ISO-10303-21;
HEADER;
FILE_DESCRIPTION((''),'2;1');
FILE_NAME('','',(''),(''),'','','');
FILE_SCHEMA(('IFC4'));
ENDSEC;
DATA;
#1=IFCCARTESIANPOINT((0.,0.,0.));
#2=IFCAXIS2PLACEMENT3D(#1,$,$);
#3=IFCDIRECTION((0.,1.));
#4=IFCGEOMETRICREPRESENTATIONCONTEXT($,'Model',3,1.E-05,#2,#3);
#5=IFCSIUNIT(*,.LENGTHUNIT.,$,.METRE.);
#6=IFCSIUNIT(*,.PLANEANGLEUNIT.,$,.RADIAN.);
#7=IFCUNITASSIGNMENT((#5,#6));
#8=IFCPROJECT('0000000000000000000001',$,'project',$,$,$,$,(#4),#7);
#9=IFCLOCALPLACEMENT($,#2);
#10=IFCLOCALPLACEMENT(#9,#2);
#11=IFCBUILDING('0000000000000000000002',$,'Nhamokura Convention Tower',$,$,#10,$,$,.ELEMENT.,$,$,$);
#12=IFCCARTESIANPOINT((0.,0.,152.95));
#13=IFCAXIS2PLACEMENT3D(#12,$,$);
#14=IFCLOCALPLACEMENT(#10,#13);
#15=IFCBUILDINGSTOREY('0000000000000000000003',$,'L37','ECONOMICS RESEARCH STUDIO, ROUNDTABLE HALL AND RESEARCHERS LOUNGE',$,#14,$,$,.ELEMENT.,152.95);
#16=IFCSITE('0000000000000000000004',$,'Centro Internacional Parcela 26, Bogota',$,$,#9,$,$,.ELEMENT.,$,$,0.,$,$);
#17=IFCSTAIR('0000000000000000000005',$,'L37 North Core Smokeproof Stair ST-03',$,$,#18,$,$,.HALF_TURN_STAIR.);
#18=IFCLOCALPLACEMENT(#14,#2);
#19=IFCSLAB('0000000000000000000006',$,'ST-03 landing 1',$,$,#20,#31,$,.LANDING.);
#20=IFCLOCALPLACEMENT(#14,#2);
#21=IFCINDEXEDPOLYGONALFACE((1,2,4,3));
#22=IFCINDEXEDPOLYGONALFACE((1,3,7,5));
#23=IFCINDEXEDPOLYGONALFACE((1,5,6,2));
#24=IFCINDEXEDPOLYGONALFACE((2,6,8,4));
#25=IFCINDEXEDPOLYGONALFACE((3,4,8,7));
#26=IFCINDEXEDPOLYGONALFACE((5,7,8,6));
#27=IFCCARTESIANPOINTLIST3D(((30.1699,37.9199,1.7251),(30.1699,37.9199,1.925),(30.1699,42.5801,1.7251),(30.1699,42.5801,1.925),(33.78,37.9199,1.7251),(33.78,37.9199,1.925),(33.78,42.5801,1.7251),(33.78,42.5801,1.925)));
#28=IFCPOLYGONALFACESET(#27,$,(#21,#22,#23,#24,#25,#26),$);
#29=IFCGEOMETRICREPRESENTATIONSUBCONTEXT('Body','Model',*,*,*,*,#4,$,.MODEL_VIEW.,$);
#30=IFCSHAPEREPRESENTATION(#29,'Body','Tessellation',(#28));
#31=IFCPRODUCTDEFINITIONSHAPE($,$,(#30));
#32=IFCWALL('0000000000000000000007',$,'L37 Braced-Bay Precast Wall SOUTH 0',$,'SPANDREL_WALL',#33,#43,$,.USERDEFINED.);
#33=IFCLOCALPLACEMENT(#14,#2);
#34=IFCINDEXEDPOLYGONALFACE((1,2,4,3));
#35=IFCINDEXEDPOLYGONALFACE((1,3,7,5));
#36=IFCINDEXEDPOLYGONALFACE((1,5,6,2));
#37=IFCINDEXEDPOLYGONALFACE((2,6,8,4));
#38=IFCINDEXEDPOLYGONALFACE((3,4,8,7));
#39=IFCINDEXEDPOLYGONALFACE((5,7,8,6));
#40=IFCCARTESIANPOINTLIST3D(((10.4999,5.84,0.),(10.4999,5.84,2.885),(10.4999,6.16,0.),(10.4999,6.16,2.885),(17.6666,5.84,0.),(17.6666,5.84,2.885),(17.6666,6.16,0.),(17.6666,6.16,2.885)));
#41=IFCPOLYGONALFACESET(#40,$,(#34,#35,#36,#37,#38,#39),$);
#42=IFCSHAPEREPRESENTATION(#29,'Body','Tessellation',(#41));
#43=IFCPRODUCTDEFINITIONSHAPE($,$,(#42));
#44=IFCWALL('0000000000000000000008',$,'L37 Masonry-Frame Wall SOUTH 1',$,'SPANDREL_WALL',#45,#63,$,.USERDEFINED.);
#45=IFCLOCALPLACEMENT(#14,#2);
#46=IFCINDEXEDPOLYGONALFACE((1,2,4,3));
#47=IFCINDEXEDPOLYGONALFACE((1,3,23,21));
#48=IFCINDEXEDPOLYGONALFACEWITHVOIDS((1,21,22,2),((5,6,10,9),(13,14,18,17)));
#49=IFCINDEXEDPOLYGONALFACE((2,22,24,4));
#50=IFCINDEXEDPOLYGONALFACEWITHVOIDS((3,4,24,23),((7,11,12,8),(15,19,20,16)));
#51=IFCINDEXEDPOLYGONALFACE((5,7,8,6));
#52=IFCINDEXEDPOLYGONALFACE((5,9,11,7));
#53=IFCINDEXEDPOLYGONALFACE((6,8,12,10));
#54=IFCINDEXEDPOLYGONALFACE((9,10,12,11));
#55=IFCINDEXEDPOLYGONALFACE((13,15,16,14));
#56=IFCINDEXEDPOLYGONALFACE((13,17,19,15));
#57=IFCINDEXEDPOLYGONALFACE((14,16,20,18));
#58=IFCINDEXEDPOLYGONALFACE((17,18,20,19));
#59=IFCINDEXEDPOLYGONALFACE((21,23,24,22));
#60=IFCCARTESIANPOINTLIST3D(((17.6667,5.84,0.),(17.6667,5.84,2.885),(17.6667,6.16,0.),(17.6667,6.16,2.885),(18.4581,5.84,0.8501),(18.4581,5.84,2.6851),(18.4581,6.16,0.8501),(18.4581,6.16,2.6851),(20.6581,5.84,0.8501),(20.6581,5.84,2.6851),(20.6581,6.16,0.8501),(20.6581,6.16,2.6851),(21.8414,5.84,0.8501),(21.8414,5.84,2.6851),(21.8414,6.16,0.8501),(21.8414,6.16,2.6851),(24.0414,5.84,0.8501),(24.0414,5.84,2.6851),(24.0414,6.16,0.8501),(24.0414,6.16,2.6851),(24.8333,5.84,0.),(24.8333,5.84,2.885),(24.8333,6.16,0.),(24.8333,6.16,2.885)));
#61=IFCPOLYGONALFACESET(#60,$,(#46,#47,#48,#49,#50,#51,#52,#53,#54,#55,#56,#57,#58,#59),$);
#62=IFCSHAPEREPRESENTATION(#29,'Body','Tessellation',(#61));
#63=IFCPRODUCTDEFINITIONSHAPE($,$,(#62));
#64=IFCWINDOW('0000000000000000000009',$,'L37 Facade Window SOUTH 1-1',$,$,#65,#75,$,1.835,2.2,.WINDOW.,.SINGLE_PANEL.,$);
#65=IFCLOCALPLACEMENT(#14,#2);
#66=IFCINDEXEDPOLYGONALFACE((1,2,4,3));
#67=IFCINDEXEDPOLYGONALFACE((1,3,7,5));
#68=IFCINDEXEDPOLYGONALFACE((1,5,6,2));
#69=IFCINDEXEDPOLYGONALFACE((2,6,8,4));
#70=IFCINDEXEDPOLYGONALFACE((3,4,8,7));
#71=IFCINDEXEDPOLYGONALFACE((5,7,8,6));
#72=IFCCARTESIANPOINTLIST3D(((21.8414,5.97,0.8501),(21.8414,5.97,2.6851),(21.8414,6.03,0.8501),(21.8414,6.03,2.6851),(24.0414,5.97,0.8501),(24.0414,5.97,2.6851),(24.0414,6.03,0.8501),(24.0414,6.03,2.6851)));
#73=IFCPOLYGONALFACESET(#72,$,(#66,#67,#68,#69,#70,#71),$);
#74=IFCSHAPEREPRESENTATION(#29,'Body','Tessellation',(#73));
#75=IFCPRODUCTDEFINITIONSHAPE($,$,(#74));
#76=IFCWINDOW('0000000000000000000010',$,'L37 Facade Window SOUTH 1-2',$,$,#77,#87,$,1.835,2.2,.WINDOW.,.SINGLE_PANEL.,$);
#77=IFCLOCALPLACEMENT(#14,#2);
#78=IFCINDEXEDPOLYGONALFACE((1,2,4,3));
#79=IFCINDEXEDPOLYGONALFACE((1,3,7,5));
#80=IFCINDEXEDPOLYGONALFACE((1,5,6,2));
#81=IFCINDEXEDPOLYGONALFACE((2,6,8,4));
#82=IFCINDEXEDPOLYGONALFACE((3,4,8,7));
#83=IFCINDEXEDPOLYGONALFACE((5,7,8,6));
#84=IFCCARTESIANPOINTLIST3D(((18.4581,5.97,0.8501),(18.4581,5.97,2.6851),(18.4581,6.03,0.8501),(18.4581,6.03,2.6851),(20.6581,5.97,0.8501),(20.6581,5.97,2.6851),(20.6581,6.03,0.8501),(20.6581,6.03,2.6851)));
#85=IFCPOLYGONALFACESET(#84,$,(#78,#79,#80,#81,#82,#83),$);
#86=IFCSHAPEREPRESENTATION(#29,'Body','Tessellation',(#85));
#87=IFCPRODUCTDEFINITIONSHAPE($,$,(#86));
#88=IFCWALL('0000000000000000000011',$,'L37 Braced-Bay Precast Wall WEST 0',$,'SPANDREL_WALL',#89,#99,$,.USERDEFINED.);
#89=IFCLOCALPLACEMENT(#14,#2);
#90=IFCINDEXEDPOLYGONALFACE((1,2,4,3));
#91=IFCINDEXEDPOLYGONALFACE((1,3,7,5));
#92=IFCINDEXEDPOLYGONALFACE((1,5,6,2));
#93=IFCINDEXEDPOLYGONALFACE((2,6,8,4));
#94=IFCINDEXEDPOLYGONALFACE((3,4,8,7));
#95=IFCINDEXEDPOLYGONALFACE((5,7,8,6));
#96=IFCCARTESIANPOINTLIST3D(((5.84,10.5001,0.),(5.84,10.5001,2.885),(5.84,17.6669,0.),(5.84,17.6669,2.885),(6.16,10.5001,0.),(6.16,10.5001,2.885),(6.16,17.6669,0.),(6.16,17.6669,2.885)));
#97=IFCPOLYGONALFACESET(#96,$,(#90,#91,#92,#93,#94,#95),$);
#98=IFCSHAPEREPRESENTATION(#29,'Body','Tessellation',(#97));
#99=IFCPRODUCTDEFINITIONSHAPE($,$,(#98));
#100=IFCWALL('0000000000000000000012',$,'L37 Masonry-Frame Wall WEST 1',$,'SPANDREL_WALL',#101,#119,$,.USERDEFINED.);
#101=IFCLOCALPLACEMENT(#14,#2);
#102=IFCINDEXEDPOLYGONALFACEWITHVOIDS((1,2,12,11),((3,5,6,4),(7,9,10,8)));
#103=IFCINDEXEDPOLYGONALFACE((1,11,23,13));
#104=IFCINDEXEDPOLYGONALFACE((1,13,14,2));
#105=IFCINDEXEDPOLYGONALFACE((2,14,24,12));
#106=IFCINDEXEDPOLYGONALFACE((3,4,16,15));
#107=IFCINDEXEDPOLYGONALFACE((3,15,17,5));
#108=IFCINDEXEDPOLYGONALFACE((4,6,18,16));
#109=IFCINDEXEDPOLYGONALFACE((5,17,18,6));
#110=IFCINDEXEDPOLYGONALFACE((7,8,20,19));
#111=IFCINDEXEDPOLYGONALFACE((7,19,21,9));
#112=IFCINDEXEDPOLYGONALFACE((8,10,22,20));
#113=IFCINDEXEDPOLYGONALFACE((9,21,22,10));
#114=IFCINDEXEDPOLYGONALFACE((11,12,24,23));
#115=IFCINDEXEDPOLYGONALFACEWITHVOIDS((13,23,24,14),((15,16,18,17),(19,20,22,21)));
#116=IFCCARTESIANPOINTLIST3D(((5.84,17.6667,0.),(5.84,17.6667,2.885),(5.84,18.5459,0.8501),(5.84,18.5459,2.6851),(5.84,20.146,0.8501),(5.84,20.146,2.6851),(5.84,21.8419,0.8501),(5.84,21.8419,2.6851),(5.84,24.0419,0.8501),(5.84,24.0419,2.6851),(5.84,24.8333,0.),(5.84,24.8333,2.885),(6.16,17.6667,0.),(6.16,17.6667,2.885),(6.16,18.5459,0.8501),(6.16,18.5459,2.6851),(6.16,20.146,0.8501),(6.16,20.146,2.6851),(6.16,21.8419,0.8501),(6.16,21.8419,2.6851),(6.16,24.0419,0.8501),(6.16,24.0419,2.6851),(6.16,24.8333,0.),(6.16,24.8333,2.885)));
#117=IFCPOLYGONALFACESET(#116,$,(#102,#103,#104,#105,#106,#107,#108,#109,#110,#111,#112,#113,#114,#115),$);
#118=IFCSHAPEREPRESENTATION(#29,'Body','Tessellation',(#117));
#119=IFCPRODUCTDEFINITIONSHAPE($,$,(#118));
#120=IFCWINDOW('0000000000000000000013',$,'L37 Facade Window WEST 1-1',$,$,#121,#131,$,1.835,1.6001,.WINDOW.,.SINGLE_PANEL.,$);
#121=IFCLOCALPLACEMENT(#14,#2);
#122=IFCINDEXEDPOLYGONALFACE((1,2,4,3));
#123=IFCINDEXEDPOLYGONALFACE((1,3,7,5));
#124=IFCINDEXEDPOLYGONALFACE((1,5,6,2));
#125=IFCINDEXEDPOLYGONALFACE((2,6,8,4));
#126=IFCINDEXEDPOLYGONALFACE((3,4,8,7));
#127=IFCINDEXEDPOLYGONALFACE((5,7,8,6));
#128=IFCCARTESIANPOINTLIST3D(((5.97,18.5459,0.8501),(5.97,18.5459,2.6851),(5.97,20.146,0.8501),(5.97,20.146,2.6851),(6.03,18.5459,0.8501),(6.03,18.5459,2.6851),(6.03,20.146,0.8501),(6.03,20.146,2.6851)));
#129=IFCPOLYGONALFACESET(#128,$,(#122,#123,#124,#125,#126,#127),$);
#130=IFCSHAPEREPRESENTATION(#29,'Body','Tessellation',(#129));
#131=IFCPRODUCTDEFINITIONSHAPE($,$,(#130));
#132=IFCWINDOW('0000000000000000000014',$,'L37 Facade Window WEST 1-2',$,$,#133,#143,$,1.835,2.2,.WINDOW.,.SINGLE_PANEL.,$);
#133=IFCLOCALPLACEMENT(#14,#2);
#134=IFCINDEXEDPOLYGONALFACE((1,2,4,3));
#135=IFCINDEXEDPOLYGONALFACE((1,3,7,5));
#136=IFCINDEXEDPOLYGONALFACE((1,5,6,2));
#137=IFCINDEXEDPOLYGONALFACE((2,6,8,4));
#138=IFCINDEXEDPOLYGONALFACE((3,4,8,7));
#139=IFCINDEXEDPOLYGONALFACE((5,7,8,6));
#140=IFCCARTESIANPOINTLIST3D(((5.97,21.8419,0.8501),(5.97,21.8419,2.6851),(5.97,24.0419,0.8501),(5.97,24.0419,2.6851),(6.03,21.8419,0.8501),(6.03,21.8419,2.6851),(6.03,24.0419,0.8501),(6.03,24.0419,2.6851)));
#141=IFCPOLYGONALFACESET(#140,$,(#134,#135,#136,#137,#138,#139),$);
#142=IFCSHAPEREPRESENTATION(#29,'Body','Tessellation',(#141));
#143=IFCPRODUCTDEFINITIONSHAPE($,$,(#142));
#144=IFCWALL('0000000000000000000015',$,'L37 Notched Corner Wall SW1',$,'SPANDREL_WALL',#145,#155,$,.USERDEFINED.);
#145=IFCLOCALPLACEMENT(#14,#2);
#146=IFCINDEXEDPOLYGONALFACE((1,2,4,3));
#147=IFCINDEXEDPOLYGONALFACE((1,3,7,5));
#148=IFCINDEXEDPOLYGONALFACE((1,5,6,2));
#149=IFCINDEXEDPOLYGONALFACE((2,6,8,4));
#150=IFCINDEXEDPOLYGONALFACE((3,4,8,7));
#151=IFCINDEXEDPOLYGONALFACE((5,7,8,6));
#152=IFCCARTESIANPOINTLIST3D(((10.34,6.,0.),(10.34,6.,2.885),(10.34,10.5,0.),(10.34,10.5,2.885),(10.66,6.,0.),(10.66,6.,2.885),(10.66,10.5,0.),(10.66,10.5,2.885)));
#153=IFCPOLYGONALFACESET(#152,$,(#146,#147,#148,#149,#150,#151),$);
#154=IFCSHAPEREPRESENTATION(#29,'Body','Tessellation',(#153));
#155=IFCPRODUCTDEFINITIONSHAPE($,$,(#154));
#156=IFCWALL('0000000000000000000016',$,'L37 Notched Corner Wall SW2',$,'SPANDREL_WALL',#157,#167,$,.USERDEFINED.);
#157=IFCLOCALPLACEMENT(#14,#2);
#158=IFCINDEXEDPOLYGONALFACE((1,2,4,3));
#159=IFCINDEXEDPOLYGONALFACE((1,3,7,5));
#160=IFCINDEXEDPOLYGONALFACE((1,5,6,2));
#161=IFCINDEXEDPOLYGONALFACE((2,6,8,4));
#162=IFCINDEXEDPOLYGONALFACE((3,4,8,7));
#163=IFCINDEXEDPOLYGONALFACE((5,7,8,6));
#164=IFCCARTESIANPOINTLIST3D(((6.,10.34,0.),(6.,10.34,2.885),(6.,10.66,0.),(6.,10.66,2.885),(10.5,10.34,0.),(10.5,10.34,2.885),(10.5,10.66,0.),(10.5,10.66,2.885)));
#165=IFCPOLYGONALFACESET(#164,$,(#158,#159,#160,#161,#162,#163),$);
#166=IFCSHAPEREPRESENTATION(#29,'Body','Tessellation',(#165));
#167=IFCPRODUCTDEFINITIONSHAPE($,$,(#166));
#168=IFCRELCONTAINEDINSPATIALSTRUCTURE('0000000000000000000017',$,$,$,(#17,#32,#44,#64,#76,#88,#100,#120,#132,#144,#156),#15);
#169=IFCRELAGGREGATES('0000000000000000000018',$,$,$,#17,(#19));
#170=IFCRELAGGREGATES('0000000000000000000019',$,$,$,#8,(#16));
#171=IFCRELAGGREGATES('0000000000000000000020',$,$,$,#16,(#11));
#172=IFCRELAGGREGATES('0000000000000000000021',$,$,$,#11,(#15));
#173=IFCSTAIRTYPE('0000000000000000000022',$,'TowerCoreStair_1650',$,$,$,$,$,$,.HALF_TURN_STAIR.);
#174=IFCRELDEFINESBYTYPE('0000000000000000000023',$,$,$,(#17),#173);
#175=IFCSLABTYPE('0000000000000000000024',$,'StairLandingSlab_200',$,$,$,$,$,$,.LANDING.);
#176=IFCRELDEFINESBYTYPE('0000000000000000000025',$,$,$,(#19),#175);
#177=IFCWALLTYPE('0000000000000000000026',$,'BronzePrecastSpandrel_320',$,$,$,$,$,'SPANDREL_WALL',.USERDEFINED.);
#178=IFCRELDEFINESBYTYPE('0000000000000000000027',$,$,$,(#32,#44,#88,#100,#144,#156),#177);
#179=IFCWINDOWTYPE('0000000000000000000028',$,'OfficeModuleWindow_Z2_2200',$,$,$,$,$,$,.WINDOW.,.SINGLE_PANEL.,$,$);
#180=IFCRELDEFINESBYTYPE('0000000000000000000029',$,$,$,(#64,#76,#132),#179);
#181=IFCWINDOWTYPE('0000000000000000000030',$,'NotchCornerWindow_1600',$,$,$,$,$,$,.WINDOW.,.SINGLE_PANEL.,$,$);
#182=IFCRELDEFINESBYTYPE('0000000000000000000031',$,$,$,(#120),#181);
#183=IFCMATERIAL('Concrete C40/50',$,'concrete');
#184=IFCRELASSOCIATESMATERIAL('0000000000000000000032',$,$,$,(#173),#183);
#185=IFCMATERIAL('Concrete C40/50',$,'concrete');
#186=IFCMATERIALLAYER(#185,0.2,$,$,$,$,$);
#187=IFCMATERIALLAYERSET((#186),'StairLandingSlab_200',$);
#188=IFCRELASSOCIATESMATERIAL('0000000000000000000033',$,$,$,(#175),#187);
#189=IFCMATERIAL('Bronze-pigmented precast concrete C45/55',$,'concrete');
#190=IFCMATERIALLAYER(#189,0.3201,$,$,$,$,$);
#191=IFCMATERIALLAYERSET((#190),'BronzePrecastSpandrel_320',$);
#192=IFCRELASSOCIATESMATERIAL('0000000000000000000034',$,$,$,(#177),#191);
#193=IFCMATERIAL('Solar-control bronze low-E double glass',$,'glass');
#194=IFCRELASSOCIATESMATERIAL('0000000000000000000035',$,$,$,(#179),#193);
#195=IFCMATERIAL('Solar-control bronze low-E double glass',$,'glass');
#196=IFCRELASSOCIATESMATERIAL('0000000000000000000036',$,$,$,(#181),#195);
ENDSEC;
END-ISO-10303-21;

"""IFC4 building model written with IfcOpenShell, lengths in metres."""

from ifc_helpers import new_model, si_unit, direction, frame, frame_2d, origin, place, context, subcontext, project, spatial, polyline, rectangle, outline, extrude, material, layer, layer_set, type_object, element, fill, aggregate, save


model = new_model("IFC4")

# Units and contexts
model_context = context("Model", 3, precision=1e-05, world=origin(), true_north=direction((0.0, 1.0)))
body_context = subcontext(model_context, "Body", "Model", "MODEL_VIEW")
ifc_project = project(units=[si_unit("LENGTHUNIT", "METRE"), si_unit("PLANEANGLEUNIT", "RADIAN")], contexts=[model_context])

# Site, building, storey
site_placement = place(None, origin())
site = spatial("IfcSite", under=ifc_project, at=site_placement, Name="Centro Internacional Parcela 26, Bogota", CompositionType="ELEMENT", RefElevation=0.0)
building_placement = place(site_placement, origin())
building = spatial("IfcBuilding", under=site, at=building_placement, Name="Nhamokura Convention Tower", CompositionType="ELEMENT")
storey_placement = place(building_placement, frame((0.0, 0.0, 152.95)))
storey = spatial("IfcBuildingStorey", under=building, at=storey_placement, Name="L37", Description="ECONOMICS RESEARCH STUDIO, ROUNDTABLE HALL AND RESEARCHERS LOUNGE", CompositionType="ELEMENT", Elevation=152.95)

# Stair, slab
ifc_material_1 = material(Name="Concrete C40/50", Category="concrete")
stair_type = type_object("IfcStairType", Name="TowerCoreStair_1650", PredefinedType="HALF_TURN_STAIR", material=ifc_material_1)
ifc_material_2 = material(Name="Concrete C40/50", Category="concrete")
ifc_layer_1 = layer(ifc_material_2, 0.2)
ifc_layer_set_1 = layer_set([ifc_layer_1], Name="StairLandingSlab_200")
slab_type_1 = type_object("IfcSlabType", Name="StairLandingSlab_200", PredefinedType="LANDING", material=ifc_layer_set_1)
stair_1_placement = place(storey_placement, origin())
stair_1 = element("IfcStair", 1, at=stair_1_placement, inside=storey, type_object=stair_type, Name="L37 North Core Smokeproof Stair ST-03", PredefinedType="HALF_TURN_STAIR")
slab_1_placement = place(storey_placement, frame((0.0, 0.0, 1.7251)))
slab_1 = element("IfcSlab", 2, at=slab_1_placement, type_object=slab_type_1, Name="ST-03 landing 1", PredefinedType="LANDING", context=body_context, shape_type="SweptSolid", body=[
    extrude(outline(polyline([(33.78, 37.9199), (33.78, 42.5801), (30.1699, 42.5801), (30.1699, 37.9199), (33.78, 37.9199)])), origin(), (0.0, 0.0, 1.0), 0.2),
])
aggregate(stair_1, [slab_1])

# Wall
ifc_material_3 = material(Name="Bronze-pigmented precast concrete C45/55", Category="concrete")
ifc_layer_2 = layer(ifc_material_3, 0.3201)
ifc_layer_set_2 = layer_set([ifc_layer_2], Name="BronzePrecastSpandrel_320")
wall_type = type_object("IfcWallType", Name="BronzePrecastSpandrel_320", ElementType="SPANDREL_WALL", PredefinedType="USERDEFINED", material=ifc_layer_set_2)
wall_1_placement = place(storey_placement, frame((17.6667, 6.0, 0.0), z_axis=(0.0, 0.0, 1.0), x_axis=(-1.0, 0.0, 0.0)))
element("IfcWall", 3, at=wall_1_placement, inside=storey, type_object=wall_type, Name="L37 Braced-Bay Precast Wall SOUTH 0", ObjectType="SPANDREL_WALL", PredefinedType="USERDEFINED", context=body_context, shape_type="SweptSolid", body=[
    extrude(rectangle(XDim=7.1667, YDim=0.3201, at=frame_2d((3.5835, 0.0))), origin(), (0.0, 0.0, 1.0), 2.885),
])

# Wall, openings, windows
wall_2_placement = place(storey_placement, frame((24.8333, 6.0, 0.0), z_axis=(0.0, 0.0, 1.0), x_axis=(-1.0, 0.0, 0.0)))
wall_2 = element("IfcWall", 4, at=wall_2_placement, inside=storey, type_object=wall_type, Name="L37 Masonry-Frame Wall SOUTH 1", ObjectType="SPANDREL_WALL", PredefinedType="USERDEFINED", context=body_context, shape_type="SweptSolid", body=[
    extrude(rectangle(XDim=7.1665, YDim=0.3201, at=frame_2d((3.5833, 0.0))), origin(), (0.0, 0.0, 1.0), 2.885),
])
opening_1_placement = place(wall_2_placement, frame((0.7917, 0.0, 0.8501)))
opening_1 = element("IfcOpeningElement", 5, at=opening_1_placement, cuts=wall_2, PredefinedType="OPENING", context=body_context, shape_type="SweptSolid", body=[
    extrude(rectangle(XDim=2.2, YDim=1.835, at=frame_2d((1.1001, 0.9175))), frame((0.0, 0.1699, 0.0), z_axis=(0.0, -1.0, 0.0), x_axis=(1.0, 0.0, 0.0)), (0.0, 0.0, 1.0), 0.3401),
])
opening_2_placement = place(wall_2_placement, frame((4.175, 0.0, 0.8501)))
opening_2 = element("IfcOpeningElement", 6, at=opening_2_placement, cuts=wall_2, PredefinedType="OPENING", context=body_context, shape_type="SweptSolid", body=[
    extrude(rectangle(XDim=2.2, YDim=1.835, at=frame_2d((1.1001, 0.9175))), frame((0.0, 0.1699, 0.0), z_axis=(0.0, -1.0, 0.0), x_axis=(1.0, 0.0, 0.0)), (0.0, 0.0, 1.0), 0.3401),
])
ifc_material_4 = material(Name="Solar-control bronze low-E double glass", Category="glass")
window_type_1 = type_object("IfcWindowType", Name="OfficeModuleWindow_Z2_2200", PartitioningType="SINGLE_PANEL", PredefinedType="WINDOW", material=ifc_material_4)
window_1_placement = place(opening_1_placement, origin())
window_1 = element("IfcWindow", 7, at=window_1_placement, inside=storey, type_object=window_type_1, Name="L37 Facade Window SOUTH 1-1", OverallHeight=1.835, OverallWidth=2.2, PartitioningType="SINGLE_PANEL", PredefinedType="WINDOW", context=body_context, shape_type="SweptSolid", body=[
    extrude(rectangle(XDim=2.2, YDim=1.835, at=frame_2d((1.1001, 0.9175))), frame((0.0, 0.03, 0.0), z_axis=(0.0, -1.0, 0.0), x_axis=(1.0, 0.0, 0.0)), (0.0, 0.0, 1.0), 0.0601),
])
fill(opening_1, window_1)
window_2_placement = place(opening_2_placement, origin())
window_2 = element("IfcWindow", 8, at=window_2_placement, inside=storey, type_object=window_type_1, Name="L37 Facade Window SOUTH 1-2", OverallHeight=1.835, OverallWidth=2.2, PartitioningType="SINGLE_PANEL", PredefinedType="WINDOW", context=body_context, shape_type="SweptSolid", body=[
    extrude(rectangle(XDim=2.2, YDim=1.835, at=frame_2d((1.1001, 0.9175))), frame((0.0, 0.03, 0.0), z_axis=(0.0, -1.0, 0.0), x_axis=(1.0, 0.0, 0.0)), (0.0, 0.0, 1.0), 0.0601),
])
fill(opening_2, window_2)

# Wall
wall_3_placement = place(storey_placement, frame((6.0, 10.5, 0.0), z_axis=(0.0, 0.0, 1.0), x_axis=(0.0, 1.0, 0.0)))
element("IfcWall", 9, at=wall_3_placement, inside=storey, type_object=wall_type, Name="L37 Braced-Bay Precast Wall WEST 0", ObjectType="SPANDREL_WALL", PredefinedType="USERDEFINED", context=body_context, shape_type="SweptSolid", body=[
    extrude(rectangle(XDim=7.1667, YDim=0.3201, at=frame_2d((3.5835, 0.0))), origin(), (0.0, 0.0, 1.0), 2.885),
])

# Wall, openings, windows
wall_4_placement = place(storey_placement, frame((6.0, 17.6667, 0.0), z_axis=(0.0, 0.0, 1.0), x_axis=(0.0, 1.0, 0.0)))
wall_4 = element("IfcWall", 10, at=wall_4_placement, inside=storey, type_object=wall_type, Name="L37 Masonry-Frame Wall WEST 1", ObjectType="SPANDREL_WALL", PredefinedType="USERDEFINED", context=body_context, shape_type="SweptSolid", body=[
    extrude(rectangle(XDim=7.1665, YDim=0.3201, at=frame_2d((3.5833, 0.0))), origin(), (0.0, 0.0, 1.0), 2.885),
])
opening_3_placement = place(wall_4_placement, frame((0.8792, 0.0, 0.8501)))
opening_3 = element("IfcOpeningElement", 11, at=opening_3_placement, cuts=wall_4, PredefinedType="OPENING", context=body_context, shape_type="SweptSolid", body=[
    extrude(rectangle(XDim=1.6001, YDim=1.835, at=frame_2d((0.8, 0.9175))), frame((0.0, 0.1699, 0.0), z_axis=(0.0, -1.0, 0.0), x_axis=(1.0, 0.0, 0.0)), (0.0, 0.0, 1.0), 0.3401),
])
opening_4_placement = place(wall_4_placement, frame((4.175, 0.0, 0.8501)))
opening_4 = element("IfcOpeningElement", 12, at=opening_4_placement, cuts=wall_4, PredefinedType="OPENING", context=body_context, shape_type="SweptSolid", body=[
    extrude(rectangle(XDim=2.2, YDim=1.835, at=frame_2d((1.1001, 0.9175))), frame((0.0, 0.1699, 0.0), z_axis=(0.0, -1.0, 0.0), x_axis=(1.0, 0.0, 0.0)), (0.0, 0.0, 1.0), 0.3401),
])
ifc_material_5 = material(Name="Solar-control bronze low-E double glass", Category="glass")
window_type_2 = type_object("IfcWindowType", Name="NotchCornerWindow_1600", PartitioningType="SINGLE_PANEL", PredefinedType="WINDOW", material=ifc_material_5)
window_3_placement = place(opening_3_placement, origin())
window_3 = element("IfcWindow", 13, at=window_3_placement, inside=storey, type_object=window_type_2, Name="L37 Facade Window WEST 1-1", OverallHeight=1.835, OverallWidth=1.6001, PartitioningType="SINGLE_PANEL", PredefinedType="WINDOW", context=body_context, shape_type="SweptSolid", body=[
    extrude(rectangle(XDim=1.6001, YDim=1.835, at=frame_2d((0.8, 0.9175))), frame((0.0, 0.03, 0.0), z_axis=(0.0, -1.0, 0.0), x_axis=(1.0, 0.0, 0.0)), (0.0, 0.0, 1.0), 0.0601),
])
fill(opening_3, window_3)
window_4_placement = place(opening_4_placement, origin())
window_4 = element("IfcWindow", 14, at=window_4_placement, inside=storey, type_object=window_type_1, Name="L37 Facade Window WEST 1-2", OverallHeight=1.835, OverallWidth=2.2, PartitioningType="SINGLE_PANEL", PredefinedType="WINDOW", context=body_context, shape_type="SweptSolid", body=[
    extrude(rectangle(XDim=2.2, YDim=1.835, at=frame_2d((1.1001, 0.9175))), frame((0.0, 0.03, 0.0), z_axis=(0.0, -1.0, 0.0), x_axis=(1.0, 0.0, 0.0)), (0.0, 0.0, 1.0), 0.0601),
])
fill(opening_4, window_4)

# Walls
for number, where, z_axis, x_axis, name in (
    (15, (10.5, 6.0, 0.0), (0.0, 0.0, 1.0), (0.0, 1.0, 0.0), "L37 Notched Corner Wall SW1"),
    (16, (10.5, 10.5, 0.0), (0.0, 0.0, 1.0), (-1.0, 0.0, 0.0), "L37 Notched Corner Wall SW2"),
):
    element("IfcWall", number, at=place(storey_placement, frame(where, z_axis=z_axis, x_axis=x_axis)), inside=storey, type_object=wall_type, Name=name, ObjectType="SPANDREL_WALL", PredefinedType="USERDEFINED", context=body_context, shape_type="SweptSolid", body=[
        extrude(rectangle(XDim=4.5, YDim=0.3201, at=frame_2d((2.25, 0.0))), origin(), (0.0, 0.0, 1.0), 2.885),
    ])

save(model, "model.ifc")
